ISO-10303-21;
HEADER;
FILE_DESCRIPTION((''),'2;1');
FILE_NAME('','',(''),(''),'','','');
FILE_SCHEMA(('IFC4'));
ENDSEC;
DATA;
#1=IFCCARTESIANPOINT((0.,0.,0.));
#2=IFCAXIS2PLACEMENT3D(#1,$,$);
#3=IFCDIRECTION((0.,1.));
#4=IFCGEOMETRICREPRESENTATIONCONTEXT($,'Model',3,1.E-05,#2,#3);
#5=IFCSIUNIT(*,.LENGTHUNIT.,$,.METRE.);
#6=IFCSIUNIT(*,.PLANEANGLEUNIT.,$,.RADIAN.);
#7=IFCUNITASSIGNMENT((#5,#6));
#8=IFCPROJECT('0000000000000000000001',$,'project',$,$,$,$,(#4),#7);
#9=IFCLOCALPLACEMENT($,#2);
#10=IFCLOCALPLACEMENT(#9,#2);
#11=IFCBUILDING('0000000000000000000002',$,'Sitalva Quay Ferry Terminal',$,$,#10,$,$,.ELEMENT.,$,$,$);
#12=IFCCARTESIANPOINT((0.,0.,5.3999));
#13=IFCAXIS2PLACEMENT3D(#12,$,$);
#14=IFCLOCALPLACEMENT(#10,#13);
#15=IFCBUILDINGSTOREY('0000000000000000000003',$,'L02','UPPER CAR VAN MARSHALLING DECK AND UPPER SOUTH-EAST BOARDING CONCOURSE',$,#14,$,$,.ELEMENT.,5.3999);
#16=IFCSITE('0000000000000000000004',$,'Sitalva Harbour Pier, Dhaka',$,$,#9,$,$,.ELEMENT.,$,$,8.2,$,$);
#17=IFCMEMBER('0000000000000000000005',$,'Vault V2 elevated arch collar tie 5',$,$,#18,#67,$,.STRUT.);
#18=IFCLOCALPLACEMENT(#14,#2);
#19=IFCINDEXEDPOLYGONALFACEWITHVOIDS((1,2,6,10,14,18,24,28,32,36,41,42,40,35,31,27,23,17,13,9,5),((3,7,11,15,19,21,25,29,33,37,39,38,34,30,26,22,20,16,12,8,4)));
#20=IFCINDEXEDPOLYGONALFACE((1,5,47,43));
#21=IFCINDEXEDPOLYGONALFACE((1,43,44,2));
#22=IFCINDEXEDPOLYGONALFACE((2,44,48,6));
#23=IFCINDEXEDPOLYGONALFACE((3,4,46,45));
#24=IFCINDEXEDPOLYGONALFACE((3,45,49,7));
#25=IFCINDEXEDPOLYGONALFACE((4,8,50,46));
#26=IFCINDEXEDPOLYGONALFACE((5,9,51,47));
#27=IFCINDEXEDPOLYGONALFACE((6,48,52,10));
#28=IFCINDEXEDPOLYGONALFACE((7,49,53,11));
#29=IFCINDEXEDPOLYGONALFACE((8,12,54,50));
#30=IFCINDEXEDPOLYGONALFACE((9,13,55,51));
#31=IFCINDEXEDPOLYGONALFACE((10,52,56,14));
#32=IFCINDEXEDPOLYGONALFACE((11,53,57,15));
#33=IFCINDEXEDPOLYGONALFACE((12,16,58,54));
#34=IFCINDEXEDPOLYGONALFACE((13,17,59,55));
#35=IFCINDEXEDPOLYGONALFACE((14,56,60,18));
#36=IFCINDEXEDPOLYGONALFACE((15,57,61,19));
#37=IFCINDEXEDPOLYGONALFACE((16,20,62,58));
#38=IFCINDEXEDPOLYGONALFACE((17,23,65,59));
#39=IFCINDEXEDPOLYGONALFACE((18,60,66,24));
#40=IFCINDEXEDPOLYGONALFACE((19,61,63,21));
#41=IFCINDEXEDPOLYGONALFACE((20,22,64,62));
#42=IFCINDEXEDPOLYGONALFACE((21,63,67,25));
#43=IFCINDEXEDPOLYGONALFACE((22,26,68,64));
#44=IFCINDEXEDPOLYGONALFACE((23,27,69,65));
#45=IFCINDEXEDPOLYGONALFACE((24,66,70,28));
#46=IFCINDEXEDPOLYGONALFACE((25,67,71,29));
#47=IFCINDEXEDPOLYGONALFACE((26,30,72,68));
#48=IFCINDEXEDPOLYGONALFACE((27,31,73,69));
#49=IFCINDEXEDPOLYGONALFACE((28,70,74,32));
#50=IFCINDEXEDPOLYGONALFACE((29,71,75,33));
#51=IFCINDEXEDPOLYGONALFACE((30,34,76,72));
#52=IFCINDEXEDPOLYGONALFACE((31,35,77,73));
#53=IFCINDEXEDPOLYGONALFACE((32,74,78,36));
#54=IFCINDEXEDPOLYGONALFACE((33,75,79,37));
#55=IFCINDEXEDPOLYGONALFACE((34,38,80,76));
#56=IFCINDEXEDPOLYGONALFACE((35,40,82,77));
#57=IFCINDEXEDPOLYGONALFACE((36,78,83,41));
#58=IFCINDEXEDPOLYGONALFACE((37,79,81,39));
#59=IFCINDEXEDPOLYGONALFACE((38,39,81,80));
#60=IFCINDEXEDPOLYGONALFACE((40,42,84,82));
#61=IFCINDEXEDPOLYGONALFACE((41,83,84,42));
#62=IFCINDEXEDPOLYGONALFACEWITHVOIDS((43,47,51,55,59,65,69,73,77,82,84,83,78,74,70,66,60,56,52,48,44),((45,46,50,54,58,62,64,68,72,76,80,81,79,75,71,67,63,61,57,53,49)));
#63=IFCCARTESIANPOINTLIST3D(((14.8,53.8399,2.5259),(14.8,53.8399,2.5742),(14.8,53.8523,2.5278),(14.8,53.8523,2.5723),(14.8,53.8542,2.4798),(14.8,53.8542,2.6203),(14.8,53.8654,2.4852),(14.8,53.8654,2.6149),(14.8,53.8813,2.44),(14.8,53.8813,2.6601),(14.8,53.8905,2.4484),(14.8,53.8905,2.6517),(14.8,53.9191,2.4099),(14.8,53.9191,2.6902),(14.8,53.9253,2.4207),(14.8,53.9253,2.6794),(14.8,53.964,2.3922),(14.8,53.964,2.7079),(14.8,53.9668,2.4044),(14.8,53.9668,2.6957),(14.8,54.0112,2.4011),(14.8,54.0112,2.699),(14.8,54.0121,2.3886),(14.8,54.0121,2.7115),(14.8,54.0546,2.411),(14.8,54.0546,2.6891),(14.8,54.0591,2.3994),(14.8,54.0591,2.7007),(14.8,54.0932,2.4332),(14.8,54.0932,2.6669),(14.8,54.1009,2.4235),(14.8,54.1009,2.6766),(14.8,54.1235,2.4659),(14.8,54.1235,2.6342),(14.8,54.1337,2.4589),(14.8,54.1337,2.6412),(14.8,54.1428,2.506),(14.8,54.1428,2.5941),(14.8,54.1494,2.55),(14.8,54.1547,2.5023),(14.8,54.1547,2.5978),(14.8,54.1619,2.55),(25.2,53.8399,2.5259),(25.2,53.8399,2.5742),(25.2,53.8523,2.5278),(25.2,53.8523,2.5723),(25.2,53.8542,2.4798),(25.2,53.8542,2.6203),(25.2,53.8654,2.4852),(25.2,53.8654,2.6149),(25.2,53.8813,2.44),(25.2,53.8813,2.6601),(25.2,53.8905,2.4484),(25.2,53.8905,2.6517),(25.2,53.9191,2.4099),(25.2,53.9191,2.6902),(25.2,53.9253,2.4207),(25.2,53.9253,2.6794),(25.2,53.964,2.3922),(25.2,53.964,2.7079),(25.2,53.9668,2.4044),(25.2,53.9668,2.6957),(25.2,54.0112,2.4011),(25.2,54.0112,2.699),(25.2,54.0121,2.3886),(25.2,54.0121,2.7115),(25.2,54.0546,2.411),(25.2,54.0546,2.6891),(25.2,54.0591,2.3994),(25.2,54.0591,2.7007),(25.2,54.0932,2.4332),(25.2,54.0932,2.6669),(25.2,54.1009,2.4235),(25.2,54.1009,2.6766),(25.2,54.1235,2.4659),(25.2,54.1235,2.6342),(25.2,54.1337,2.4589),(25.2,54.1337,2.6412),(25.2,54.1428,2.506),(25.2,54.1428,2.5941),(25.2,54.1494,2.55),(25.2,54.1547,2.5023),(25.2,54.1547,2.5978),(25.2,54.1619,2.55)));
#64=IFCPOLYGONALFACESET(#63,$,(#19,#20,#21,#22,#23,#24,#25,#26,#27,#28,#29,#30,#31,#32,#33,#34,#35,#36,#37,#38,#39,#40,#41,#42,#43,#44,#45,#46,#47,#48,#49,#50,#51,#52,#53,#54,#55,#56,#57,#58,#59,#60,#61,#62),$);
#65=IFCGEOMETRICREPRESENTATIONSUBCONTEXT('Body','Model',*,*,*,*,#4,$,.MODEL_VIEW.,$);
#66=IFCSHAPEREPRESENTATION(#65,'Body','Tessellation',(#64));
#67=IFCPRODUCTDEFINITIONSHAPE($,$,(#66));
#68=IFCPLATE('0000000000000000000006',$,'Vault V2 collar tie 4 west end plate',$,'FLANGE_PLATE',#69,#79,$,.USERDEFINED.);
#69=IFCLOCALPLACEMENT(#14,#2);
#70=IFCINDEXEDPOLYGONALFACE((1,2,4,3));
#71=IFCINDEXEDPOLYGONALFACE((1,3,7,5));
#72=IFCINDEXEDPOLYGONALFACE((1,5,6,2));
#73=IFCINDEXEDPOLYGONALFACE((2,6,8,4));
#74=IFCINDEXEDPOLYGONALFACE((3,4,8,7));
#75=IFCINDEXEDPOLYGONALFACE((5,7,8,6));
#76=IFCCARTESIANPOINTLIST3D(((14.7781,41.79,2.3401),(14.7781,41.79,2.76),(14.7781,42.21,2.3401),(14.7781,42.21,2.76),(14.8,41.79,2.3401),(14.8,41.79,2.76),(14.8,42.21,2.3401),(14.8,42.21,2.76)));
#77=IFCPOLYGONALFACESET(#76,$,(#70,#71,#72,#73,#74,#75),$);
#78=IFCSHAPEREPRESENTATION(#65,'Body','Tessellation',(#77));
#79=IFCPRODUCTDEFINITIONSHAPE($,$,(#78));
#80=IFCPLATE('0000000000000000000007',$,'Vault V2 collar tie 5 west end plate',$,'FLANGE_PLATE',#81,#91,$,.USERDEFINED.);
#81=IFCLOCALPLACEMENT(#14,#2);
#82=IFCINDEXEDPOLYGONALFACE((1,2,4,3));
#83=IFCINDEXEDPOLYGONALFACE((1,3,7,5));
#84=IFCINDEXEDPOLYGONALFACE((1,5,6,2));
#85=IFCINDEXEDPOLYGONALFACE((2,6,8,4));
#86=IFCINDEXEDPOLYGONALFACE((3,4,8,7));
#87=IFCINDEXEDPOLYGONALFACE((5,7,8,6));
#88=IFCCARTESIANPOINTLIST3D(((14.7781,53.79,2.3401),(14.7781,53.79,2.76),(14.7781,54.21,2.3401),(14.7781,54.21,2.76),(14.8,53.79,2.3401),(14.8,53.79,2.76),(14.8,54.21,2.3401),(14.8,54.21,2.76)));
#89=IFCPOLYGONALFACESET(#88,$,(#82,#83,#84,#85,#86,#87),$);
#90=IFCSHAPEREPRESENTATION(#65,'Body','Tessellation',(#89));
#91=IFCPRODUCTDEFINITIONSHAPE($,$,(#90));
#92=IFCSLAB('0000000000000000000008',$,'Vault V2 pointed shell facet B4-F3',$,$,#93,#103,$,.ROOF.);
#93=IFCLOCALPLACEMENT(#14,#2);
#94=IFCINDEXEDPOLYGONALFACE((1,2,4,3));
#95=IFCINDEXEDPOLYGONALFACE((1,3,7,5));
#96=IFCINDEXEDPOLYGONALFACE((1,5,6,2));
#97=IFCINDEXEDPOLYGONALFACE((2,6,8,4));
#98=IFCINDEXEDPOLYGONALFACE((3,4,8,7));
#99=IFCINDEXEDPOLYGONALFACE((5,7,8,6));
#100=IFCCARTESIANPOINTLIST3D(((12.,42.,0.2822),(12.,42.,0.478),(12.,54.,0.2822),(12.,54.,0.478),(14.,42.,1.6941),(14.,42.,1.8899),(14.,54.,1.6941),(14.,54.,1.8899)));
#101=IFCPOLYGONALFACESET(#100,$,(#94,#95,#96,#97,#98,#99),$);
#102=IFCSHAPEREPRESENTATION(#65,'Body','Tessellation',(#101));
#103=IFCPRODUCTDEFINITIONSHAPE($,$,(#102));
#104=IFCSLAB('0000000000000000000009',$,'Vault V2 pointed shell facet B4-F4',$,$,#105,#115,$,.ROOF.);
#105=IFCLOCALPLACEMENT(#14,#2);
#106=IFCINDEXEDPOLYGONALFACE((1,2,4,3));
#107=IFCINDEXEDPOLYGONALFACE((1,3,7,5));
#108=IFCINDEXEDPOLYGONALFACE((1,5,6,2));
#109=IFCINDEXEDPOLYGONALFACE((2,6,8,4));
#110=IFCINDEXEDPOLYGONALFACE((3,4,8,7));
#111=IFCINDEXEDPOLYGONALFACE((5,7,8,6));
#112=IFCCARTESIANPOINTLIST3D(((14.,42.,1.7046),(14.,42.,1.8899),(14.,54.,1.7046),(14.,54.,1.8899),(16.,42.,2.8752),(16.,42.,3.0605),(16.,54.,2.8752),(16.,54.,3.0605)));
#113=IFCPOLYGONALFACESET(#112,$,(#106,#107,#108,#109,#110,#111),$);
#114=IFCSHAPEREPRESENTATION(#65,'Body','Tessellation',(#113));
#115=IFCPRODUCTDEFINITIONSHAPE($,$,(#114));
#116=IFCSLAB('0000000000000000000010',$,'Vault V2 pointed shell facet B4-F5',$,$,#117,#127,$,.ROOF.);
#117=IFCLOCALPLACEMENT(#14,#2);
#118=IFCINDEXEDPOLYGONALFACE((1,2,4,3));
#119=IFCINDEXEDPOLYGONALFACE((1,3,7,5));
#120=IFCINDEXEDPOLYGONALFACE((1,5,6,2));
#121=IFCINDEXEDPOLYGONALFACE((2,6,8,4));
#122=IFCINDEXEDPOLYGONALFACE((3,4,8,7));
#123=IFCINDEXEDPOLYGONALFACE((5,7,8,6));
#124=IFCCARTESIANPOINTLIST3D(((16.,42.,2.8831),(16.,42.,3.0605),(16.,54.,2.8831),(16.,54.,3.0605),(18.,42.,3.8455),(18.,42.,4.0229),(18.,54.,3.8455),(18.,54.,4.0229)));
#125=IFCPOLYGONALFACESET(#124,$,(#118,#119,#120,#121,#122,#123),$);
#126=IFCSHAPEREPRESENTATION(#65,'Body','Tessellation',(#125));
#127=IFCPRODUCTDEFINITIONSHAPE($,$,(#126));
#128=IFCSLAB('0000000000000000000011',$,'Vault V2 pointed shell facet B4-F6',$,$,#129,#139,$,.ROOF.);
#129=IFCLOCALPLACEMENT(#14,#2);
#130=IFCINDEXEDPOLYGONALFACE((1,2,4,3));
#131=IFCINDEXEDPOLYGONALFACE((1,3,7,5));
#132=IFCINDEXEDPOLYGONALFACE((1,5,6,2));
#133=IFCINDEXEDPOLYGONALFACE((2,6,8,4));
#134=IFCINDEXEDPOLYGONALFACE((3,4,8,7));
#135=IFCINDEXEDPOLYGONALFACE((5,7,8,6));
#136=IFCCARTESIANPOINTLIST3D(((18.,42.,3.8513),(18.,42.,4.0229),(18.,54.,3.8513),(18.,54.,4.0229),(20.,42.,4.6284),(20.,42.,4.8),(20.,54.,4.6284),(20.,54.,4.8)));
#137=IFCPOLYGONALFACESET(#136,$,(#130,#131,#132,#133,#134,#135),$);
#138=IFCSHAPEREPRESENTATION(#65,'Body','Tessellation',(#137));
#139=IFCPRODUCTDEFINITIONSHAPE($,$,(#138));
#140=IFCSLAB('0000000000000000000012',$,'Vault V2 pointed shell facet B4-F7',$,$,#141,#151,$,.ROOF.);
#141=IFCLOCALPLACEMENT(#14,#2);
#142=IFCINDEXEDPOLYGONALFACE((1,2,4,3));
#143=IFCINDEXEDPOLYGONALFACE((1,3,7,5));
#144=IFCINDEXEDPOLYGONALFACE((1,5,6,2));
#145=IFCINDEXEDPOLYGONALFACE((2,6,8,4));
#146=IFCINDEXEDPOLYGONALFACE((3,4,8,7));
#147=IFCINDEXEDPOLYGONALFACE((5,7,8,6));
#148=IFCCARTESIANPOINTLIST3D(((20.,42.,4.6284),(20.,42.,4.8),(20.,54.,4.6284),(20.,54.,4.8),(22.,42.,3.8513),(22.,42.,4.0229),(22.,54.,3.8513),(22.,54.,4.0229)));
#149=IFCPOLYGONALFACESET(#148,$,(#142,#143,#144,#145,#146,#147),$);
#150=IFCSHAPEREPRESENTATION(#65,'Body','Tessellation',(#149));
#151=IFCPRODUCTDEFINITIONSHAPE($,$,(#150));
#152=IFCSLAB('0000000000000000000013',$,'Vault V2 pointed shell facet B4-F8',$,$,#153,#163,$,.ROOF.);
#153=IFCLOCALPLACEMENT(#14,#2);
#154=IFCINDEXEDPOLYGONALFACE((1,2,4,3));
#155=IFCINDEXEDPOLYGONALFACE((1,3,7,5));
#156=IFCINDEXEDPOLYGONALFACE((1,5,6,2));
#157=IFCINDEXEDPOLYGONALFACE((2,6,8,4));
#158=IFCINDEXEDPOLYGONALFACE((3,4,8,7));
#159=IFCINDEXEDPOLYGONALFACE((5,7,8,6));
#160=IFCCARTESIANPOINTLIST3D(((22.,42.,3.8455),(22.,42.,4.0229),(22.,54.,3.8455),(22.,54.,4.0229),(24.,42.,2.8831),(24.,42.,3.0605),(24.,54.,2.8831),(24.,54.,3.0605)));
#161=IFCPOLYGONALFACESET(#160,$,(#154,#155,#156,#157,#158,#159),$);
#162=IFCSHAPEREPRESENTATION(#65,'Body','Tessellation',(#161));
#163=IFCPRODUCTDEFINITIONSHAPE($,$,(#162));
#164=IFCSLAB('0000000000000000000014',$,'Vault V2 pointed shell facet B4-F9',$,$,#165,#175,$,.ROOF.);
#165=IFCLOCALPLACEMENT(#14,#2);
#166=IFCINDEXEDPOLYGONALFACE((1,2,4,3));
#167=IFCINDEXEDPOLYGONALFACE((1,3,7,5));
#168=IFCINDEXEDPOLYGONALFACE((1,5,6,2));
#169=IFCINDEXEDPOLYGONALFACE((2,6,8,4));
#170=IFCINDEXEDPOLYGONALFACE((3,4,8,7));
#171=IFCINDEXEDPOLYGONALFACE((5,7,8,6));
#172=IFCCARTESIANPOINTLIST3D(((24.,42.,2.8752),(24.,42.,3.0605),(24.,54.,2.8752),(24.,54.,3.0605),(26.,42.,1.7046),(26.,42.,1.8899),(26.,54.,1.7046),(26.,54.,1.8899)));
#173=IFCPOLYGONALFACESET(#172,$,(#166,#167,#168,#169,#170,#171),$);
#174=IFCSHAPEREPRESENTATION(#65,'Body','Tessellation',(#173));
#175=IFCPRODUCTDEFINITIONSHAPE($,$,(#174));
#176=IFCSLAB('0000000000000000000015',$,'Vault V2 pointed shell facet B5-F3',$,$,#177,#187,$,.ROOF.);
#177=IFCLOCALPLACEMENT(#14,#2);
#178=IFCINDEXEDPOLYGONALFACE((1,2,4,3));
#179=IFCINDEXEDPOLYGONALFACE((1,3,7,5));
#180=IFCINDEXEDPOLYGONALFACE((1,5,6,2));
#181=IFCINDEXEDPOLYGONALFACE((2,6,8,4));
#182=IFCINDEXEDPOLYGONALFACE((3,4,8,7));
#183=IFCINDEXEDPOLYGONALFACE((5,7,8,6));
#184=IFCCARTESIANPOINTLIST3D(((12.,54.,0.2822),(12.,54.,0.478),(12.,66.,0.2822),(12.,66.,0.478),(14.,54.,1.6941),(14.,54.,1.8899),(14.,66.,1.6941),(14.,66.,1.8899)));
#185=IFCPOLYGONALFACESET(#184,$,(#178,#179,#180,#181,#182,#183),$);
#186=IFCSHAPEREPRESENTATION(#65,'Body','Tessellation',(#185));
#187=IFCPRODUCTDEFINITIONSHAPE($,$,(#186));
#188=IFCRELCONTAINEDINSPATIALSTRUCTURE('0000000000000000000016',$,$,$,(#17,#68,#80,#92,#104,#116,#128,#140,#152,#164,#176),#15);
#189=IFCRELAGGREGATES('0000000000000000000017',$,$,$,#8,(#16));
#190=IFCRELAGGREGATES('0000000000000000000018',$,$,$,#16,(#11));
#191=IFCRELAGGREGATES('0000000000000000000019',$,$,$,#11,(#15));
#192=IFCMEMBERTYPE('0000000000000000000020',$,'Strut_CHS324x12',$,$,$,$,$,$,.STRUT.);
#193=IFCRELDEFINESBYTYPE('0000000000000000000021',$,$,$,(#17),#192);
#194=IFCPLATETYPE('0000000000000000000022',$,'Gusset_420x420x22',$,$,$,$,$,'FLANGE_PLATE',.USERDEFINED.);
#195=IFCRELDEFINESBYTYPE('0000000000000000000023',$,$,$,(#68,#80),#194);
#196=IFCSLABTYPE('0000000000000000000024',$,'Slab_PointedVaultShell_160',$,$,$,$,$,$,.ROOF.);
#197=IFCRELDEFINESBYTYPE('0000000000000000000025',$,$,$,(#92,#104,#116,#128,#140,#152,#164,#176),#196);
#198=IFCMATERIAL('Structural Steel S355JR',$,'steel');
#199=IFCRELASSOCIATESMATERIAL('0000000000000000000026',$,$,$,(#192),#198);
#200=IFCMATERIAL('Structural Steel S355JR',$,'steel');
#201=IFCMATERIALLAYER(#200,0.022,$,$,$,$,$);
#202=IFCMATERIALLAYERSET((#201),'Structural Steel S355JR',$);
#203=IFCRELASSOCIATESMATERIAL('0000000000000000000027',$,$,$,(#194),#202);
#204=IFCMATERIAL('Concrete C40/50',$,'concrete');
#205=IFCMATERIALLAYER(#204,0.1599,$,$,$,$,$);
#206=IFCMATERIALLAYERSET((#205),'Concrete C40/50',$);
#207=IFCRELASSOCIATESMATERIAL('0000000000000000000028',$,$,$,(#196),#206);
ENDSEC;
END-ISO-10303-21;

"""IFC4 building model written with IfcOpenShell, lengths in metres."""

from ifc_helpers import new_model, si_unit, direction, frame, origin, origin_2d, place, context, subcontext, project, spatial, polyline, rectangle, hollow_circle, outline, extrude, material, layer, layer_set, material_profile, profile_set, type_object, element, save


model = new_model("IFC4")

# Units and contexts
model_context = context("Model", 3, precision=1e-05, world=origin(), true_north=direction((0.0, 1.0)))
body_context = subcontext(model_context, "Body", "Model", "MODEL_VIEW")
ifc_project = project(units=[si_unit("LENGTHUNIT", "METRE"), si_unit("PLANEANGLEUNIT", "RADIAN")], contexts=[model_context])

# Site, building, storey
site_placement = place(None, origin())
site = spatial("IfcSite", under=ifc_project, at=site_placement, Name="Sitalva Harbour Pier, Dhaka", CompositionType="ELEMENT", RefElevation=8.2)
building_placement = place(site_placement, origin())
building = spatial("IfcBuilding", under=site, at=building_placement, Name="Sitalva Quay Ferry Terminal", CompositionType="ELEMENT")
storey_placement = place(building_placement, frame((0.0, 0.0, 5.3999)))
storey = spatial("IfcBuildingStorey", under=building, at=storey_placement, Name="L02", Description="UPPER CAR VAN MARSHALLING DECK AND UPPER SOUTH-EAST BOARDING CONCOURSE", CompositionType="ELEMENT", Elevation=5.3999)

# Member
ifc_material_1 = material(Name="Structural Steel S355JR", Category="steel")
ifc_material_profile_1 = material_profile(ifc_material_1, hollow_circle(Radius=0.1619, WallThickness=0.0125, at=origin_2d()), Name="CHS324x12.5")
ifc_profile_set_1 = profile_set([ifc_material_profile_1], Name="Structural Steel S355JR")
member_type = type_object("IfcMemberType", Name="Strut_CHS324x12", PredefinedType="STRUT", material=ifc_profile_set_1)
for number, where, z_axis, x_axis, name in (
    (1, (14.8, 54.0, 2.55), (1.0, 0.0, 0.0), (0.0, 1.0, 0.0), "Vault V2 elevated arch collar tie 5"),
):
    element("IfcMember", number, at=place(storey_placement, frame(where, z_axis=z_axis, x_axis=x_axis)), inside=storey, type_object=member_type, Name=name, PredefinedType="STRUT", context=body_context, shape_type="SweptSolid", body=[
        extrude(hollow_circle(Radius=0.1619, WallThickness=0.0125, at=origin_2d()), origin(), (0.0, 0.0, 1.0), 10.3999),
    ])

# Plates
ifc_material_2 = material(Name="Structural Steel S355JR", Category="steel")
ifc_layer_1 = layer(ifc_material_2, 0.022)
ifc_layer_set_1 = layer_set([ifc_layer_1], Name="Structural Steel S355JR")
plate_type = type_object("IfcPlateType", Name="Gusset_420x420x22", ElementType="FLANGE_PLATE", PredefinedType="USERDEFINED", material=ifc_layer_set_1)
for number, where, z_axis, x_axis, name in (
    (2, (14.7891, 42.0, 2.3401), (0.0, 0.0, 1.0), (1.0, 0.0, 0.0), "Vault V2 collar tie 4 west end plate"),
    (3, (14.7891, 54.0, 2.3401), (0.0, 0.0, 1.0), (1.0, 0.0, 0.0), "Vault V2 collar tie 5 west end plate"),
):
    element("IfcPlate", number, at=place(storey_placement, frame(where, z_axis=z_axis, x_axis=x_axis)), inside=storey, type_object=plate_type, Name=name, ObjectType="FLANGE_PLATE", PredefinedType="USERDEFINED", context=body_context, shape_type="SweptSolid", body=[
        extrude(rectangle(XDim=0.022, YDim=0.4199, at=origin_2d()), origin(), (0.0, 0.0, 1.0), 0.4199),
    ])

# Slabs
ifc_material_3 = material(Name="Concrete C40/50", Category="concrete")
ifc_layer_2 = layer(ifc_material_3, 0.1599)
ifc_layer_set_2 = layer_set([ifc_layer_2], Name="Concrete C40/50")
slab_type = type_object("IfcSlabType", Name="Slab_PointedVaultShell_160", PredefinedType="ROOF", material=ifc_layer_set_2)
slab_1_placement = place(storey_placement, frame((12.0, 42.0, 0.478), z_axis=(-0.576711, 0.0, 0.816949), x_axis=(0.816949, 0.0, 0.576711)))
element("IfcSlab", 4, at=slab_1_placement, inside=storey, type_object=slab_type, Name="Vault V2 pointed shell facet B4-F3", PredefinedType="ROOF", context=body_context, shape_type="SweptSolid", body=[
    extrude(outline(polyline([(0.0, 0.0), (2.4481, 0.0), (2.4481, 12.0), (0.0, 12.0), (0.0, 0.0)])), origin(), (-0.576711, 0.0, -0.816949), 0.1958),
])
slab_2_placement = place(storey_placement, frame((14.0, 42.0, 1.8899), z_axis=(-0.505154, 0.0, 0.863029), x_axis=(0.863029, 0.0, 0.505154)))
element("IfcSlab", 5, at=slab_2_placement, inside=storey, type_object=slab_type, Name="Vault V2 pointed shell facet B4-F4", PredefinedType="ROOF", context=body_context, shape_type="SweptSolid", body=[
    extrude(outline(polyline([(0.0, 0.0), (2.3174, 0.0), (2.3174, 12.0), (0.0, 12.0), (0.0, 0.0)])), origin(), (-0.505154, 0.0, -0.863029), 0.1853),
])
slab_3_placement = place(storey_placement, frame((16.0, 42.0, 3.0605), z_axis=(-0.433611, 0.0, 0.9011), x_axis=(0.9011, 0.0, 0.433611)))
element("IfcSlab", 6, at=slab_3_placement, inside=storey, type_object=slab_type, Name="Vault V2 pointed shell facet B4-F5", PredefinedType="ROOF", context=body_context, shape_type="SweptSolid", body=[
    extrude(outline(polyline([(0.0, 0.0), (2.2195, 0.0), (2.2195, 12.0), (0.0, 12.0), (0.0, 0.0)])), origin(), (-0.433611, 0.0, -0.9011), 0.1775),
])
slab_4_placement = place(storey_placement, frame((18.0, 42.0, 4.0229), z_axis=(-0.362172, 0.0, 0.932111), x_axis=(0.932111, 0.0, 0.362172)))
element("IfcSlab", 7, at=slab_4_placement, inside=storey, type_object=slab_type, Name="Vault V2 pointed shell facet B4-F6", PredefinedType="ROOF", context=body_context, shape_type="SweptSolid", body=[
    extrude(outline(polyline([(0.0, 0.0), (2.1457, 0.0), (2.1457, 12.0), (0.0, 12.0), (0.0, 0.0)])), origin(), (-0.362172, 0.0, -0.932111), 0.1716),
])
slab_5_placement = place(storey_placement, frame((20.0, 42.0, 4.8), z_axis=(0.362172, 0.0, 0.932111), x_axis=(0.932111, 0.0, -0.362172)))
element("IfcSlab", 8, at=slab_5_placement, inside=storey, type_object=slab_type, Name="Vault V2 pointed shell facet B4-F7", PredefinedType="ROOF", context=body_context, shape_type="SweptSolid", body=[
    extrude(outline(polyline([(0.0, 0.0), (2.1457, 0.0), (2.1457, 12.0), (0.0, 12.0), (0.0, 0.0)])), origin(), (0.362172, 0.0, -0.932111), 0.1716),
])
slab_6_placement = place(storey_placement, frame((22.0, 42.0, 4.0229), z_axis=(0.433611, 0.0, 0.9011), x_axis=(0.9011, 0.0, -0.433611)))
element("IfcSlab", 9, at=slab_6_placement, inside=storey, type_object=slab_type, Name="Vault V2 pointed shell facet B4-F8", PredefinedType="ROOF", context=body_context, shape_type="SweptSolid", body=[
    extrude(outline(polyline([(0.0, 0.0), (2.2195, 0.0), (2.2195, 12.0), (0.0, 12.0), (0.0, 0.0)])), origin(), (0.433611, 0.0, -0.9011), 0.1775),
])
slab_7_placement = place(storey_placement, frame((24.0, 42.0, 3.0605), z_axis=(0.505154, 0.0, 0.863029), x_axis=(0.863029, 0.0, -0.505154)))
element("IfcSlab", 10, at=slab_7_placement, inside=storey, type_object=slab_type, Name="Vault V2 pointed shell facet B4-F9", PredefinedType="ROOF", context=body_context, shape_type="SweptSolid", body=[
    extrude(outline(polyline([(0.0, 0.0), (2.3174, 0.0), (2.3174, 12.0), (0.0, 12.0), (0.0, 0.0)])), origin(), (0.505154, 0.0, -0.863029), 0.1853),
])
slab_8_placement = place(storey_placement, frame((12.0, 54.0, 0.478), z_axis=(-0.576711, 0.0, 0.816949), x_axis=(0.816949, 0.0, 0.576711)))
element("IfcSlab", 11, at=slab_8_placement, inside=storey, type_object=slab_type, Name="Vault V2 pointed shell facet B5-F3", PredefinedType="ROOF", context=body_context, shape_type="SweptSolid", body=[
    extrude(outline(polyline([(0.0, 0.0), (2.4481, 0.0), (2.4481, 12.0), (0.0, 12.0), (0.0, 0.0)])), origin(), (-0.576711, 0.0, -0.816949), 0.1958),
])

save(model, "model.ifc")
